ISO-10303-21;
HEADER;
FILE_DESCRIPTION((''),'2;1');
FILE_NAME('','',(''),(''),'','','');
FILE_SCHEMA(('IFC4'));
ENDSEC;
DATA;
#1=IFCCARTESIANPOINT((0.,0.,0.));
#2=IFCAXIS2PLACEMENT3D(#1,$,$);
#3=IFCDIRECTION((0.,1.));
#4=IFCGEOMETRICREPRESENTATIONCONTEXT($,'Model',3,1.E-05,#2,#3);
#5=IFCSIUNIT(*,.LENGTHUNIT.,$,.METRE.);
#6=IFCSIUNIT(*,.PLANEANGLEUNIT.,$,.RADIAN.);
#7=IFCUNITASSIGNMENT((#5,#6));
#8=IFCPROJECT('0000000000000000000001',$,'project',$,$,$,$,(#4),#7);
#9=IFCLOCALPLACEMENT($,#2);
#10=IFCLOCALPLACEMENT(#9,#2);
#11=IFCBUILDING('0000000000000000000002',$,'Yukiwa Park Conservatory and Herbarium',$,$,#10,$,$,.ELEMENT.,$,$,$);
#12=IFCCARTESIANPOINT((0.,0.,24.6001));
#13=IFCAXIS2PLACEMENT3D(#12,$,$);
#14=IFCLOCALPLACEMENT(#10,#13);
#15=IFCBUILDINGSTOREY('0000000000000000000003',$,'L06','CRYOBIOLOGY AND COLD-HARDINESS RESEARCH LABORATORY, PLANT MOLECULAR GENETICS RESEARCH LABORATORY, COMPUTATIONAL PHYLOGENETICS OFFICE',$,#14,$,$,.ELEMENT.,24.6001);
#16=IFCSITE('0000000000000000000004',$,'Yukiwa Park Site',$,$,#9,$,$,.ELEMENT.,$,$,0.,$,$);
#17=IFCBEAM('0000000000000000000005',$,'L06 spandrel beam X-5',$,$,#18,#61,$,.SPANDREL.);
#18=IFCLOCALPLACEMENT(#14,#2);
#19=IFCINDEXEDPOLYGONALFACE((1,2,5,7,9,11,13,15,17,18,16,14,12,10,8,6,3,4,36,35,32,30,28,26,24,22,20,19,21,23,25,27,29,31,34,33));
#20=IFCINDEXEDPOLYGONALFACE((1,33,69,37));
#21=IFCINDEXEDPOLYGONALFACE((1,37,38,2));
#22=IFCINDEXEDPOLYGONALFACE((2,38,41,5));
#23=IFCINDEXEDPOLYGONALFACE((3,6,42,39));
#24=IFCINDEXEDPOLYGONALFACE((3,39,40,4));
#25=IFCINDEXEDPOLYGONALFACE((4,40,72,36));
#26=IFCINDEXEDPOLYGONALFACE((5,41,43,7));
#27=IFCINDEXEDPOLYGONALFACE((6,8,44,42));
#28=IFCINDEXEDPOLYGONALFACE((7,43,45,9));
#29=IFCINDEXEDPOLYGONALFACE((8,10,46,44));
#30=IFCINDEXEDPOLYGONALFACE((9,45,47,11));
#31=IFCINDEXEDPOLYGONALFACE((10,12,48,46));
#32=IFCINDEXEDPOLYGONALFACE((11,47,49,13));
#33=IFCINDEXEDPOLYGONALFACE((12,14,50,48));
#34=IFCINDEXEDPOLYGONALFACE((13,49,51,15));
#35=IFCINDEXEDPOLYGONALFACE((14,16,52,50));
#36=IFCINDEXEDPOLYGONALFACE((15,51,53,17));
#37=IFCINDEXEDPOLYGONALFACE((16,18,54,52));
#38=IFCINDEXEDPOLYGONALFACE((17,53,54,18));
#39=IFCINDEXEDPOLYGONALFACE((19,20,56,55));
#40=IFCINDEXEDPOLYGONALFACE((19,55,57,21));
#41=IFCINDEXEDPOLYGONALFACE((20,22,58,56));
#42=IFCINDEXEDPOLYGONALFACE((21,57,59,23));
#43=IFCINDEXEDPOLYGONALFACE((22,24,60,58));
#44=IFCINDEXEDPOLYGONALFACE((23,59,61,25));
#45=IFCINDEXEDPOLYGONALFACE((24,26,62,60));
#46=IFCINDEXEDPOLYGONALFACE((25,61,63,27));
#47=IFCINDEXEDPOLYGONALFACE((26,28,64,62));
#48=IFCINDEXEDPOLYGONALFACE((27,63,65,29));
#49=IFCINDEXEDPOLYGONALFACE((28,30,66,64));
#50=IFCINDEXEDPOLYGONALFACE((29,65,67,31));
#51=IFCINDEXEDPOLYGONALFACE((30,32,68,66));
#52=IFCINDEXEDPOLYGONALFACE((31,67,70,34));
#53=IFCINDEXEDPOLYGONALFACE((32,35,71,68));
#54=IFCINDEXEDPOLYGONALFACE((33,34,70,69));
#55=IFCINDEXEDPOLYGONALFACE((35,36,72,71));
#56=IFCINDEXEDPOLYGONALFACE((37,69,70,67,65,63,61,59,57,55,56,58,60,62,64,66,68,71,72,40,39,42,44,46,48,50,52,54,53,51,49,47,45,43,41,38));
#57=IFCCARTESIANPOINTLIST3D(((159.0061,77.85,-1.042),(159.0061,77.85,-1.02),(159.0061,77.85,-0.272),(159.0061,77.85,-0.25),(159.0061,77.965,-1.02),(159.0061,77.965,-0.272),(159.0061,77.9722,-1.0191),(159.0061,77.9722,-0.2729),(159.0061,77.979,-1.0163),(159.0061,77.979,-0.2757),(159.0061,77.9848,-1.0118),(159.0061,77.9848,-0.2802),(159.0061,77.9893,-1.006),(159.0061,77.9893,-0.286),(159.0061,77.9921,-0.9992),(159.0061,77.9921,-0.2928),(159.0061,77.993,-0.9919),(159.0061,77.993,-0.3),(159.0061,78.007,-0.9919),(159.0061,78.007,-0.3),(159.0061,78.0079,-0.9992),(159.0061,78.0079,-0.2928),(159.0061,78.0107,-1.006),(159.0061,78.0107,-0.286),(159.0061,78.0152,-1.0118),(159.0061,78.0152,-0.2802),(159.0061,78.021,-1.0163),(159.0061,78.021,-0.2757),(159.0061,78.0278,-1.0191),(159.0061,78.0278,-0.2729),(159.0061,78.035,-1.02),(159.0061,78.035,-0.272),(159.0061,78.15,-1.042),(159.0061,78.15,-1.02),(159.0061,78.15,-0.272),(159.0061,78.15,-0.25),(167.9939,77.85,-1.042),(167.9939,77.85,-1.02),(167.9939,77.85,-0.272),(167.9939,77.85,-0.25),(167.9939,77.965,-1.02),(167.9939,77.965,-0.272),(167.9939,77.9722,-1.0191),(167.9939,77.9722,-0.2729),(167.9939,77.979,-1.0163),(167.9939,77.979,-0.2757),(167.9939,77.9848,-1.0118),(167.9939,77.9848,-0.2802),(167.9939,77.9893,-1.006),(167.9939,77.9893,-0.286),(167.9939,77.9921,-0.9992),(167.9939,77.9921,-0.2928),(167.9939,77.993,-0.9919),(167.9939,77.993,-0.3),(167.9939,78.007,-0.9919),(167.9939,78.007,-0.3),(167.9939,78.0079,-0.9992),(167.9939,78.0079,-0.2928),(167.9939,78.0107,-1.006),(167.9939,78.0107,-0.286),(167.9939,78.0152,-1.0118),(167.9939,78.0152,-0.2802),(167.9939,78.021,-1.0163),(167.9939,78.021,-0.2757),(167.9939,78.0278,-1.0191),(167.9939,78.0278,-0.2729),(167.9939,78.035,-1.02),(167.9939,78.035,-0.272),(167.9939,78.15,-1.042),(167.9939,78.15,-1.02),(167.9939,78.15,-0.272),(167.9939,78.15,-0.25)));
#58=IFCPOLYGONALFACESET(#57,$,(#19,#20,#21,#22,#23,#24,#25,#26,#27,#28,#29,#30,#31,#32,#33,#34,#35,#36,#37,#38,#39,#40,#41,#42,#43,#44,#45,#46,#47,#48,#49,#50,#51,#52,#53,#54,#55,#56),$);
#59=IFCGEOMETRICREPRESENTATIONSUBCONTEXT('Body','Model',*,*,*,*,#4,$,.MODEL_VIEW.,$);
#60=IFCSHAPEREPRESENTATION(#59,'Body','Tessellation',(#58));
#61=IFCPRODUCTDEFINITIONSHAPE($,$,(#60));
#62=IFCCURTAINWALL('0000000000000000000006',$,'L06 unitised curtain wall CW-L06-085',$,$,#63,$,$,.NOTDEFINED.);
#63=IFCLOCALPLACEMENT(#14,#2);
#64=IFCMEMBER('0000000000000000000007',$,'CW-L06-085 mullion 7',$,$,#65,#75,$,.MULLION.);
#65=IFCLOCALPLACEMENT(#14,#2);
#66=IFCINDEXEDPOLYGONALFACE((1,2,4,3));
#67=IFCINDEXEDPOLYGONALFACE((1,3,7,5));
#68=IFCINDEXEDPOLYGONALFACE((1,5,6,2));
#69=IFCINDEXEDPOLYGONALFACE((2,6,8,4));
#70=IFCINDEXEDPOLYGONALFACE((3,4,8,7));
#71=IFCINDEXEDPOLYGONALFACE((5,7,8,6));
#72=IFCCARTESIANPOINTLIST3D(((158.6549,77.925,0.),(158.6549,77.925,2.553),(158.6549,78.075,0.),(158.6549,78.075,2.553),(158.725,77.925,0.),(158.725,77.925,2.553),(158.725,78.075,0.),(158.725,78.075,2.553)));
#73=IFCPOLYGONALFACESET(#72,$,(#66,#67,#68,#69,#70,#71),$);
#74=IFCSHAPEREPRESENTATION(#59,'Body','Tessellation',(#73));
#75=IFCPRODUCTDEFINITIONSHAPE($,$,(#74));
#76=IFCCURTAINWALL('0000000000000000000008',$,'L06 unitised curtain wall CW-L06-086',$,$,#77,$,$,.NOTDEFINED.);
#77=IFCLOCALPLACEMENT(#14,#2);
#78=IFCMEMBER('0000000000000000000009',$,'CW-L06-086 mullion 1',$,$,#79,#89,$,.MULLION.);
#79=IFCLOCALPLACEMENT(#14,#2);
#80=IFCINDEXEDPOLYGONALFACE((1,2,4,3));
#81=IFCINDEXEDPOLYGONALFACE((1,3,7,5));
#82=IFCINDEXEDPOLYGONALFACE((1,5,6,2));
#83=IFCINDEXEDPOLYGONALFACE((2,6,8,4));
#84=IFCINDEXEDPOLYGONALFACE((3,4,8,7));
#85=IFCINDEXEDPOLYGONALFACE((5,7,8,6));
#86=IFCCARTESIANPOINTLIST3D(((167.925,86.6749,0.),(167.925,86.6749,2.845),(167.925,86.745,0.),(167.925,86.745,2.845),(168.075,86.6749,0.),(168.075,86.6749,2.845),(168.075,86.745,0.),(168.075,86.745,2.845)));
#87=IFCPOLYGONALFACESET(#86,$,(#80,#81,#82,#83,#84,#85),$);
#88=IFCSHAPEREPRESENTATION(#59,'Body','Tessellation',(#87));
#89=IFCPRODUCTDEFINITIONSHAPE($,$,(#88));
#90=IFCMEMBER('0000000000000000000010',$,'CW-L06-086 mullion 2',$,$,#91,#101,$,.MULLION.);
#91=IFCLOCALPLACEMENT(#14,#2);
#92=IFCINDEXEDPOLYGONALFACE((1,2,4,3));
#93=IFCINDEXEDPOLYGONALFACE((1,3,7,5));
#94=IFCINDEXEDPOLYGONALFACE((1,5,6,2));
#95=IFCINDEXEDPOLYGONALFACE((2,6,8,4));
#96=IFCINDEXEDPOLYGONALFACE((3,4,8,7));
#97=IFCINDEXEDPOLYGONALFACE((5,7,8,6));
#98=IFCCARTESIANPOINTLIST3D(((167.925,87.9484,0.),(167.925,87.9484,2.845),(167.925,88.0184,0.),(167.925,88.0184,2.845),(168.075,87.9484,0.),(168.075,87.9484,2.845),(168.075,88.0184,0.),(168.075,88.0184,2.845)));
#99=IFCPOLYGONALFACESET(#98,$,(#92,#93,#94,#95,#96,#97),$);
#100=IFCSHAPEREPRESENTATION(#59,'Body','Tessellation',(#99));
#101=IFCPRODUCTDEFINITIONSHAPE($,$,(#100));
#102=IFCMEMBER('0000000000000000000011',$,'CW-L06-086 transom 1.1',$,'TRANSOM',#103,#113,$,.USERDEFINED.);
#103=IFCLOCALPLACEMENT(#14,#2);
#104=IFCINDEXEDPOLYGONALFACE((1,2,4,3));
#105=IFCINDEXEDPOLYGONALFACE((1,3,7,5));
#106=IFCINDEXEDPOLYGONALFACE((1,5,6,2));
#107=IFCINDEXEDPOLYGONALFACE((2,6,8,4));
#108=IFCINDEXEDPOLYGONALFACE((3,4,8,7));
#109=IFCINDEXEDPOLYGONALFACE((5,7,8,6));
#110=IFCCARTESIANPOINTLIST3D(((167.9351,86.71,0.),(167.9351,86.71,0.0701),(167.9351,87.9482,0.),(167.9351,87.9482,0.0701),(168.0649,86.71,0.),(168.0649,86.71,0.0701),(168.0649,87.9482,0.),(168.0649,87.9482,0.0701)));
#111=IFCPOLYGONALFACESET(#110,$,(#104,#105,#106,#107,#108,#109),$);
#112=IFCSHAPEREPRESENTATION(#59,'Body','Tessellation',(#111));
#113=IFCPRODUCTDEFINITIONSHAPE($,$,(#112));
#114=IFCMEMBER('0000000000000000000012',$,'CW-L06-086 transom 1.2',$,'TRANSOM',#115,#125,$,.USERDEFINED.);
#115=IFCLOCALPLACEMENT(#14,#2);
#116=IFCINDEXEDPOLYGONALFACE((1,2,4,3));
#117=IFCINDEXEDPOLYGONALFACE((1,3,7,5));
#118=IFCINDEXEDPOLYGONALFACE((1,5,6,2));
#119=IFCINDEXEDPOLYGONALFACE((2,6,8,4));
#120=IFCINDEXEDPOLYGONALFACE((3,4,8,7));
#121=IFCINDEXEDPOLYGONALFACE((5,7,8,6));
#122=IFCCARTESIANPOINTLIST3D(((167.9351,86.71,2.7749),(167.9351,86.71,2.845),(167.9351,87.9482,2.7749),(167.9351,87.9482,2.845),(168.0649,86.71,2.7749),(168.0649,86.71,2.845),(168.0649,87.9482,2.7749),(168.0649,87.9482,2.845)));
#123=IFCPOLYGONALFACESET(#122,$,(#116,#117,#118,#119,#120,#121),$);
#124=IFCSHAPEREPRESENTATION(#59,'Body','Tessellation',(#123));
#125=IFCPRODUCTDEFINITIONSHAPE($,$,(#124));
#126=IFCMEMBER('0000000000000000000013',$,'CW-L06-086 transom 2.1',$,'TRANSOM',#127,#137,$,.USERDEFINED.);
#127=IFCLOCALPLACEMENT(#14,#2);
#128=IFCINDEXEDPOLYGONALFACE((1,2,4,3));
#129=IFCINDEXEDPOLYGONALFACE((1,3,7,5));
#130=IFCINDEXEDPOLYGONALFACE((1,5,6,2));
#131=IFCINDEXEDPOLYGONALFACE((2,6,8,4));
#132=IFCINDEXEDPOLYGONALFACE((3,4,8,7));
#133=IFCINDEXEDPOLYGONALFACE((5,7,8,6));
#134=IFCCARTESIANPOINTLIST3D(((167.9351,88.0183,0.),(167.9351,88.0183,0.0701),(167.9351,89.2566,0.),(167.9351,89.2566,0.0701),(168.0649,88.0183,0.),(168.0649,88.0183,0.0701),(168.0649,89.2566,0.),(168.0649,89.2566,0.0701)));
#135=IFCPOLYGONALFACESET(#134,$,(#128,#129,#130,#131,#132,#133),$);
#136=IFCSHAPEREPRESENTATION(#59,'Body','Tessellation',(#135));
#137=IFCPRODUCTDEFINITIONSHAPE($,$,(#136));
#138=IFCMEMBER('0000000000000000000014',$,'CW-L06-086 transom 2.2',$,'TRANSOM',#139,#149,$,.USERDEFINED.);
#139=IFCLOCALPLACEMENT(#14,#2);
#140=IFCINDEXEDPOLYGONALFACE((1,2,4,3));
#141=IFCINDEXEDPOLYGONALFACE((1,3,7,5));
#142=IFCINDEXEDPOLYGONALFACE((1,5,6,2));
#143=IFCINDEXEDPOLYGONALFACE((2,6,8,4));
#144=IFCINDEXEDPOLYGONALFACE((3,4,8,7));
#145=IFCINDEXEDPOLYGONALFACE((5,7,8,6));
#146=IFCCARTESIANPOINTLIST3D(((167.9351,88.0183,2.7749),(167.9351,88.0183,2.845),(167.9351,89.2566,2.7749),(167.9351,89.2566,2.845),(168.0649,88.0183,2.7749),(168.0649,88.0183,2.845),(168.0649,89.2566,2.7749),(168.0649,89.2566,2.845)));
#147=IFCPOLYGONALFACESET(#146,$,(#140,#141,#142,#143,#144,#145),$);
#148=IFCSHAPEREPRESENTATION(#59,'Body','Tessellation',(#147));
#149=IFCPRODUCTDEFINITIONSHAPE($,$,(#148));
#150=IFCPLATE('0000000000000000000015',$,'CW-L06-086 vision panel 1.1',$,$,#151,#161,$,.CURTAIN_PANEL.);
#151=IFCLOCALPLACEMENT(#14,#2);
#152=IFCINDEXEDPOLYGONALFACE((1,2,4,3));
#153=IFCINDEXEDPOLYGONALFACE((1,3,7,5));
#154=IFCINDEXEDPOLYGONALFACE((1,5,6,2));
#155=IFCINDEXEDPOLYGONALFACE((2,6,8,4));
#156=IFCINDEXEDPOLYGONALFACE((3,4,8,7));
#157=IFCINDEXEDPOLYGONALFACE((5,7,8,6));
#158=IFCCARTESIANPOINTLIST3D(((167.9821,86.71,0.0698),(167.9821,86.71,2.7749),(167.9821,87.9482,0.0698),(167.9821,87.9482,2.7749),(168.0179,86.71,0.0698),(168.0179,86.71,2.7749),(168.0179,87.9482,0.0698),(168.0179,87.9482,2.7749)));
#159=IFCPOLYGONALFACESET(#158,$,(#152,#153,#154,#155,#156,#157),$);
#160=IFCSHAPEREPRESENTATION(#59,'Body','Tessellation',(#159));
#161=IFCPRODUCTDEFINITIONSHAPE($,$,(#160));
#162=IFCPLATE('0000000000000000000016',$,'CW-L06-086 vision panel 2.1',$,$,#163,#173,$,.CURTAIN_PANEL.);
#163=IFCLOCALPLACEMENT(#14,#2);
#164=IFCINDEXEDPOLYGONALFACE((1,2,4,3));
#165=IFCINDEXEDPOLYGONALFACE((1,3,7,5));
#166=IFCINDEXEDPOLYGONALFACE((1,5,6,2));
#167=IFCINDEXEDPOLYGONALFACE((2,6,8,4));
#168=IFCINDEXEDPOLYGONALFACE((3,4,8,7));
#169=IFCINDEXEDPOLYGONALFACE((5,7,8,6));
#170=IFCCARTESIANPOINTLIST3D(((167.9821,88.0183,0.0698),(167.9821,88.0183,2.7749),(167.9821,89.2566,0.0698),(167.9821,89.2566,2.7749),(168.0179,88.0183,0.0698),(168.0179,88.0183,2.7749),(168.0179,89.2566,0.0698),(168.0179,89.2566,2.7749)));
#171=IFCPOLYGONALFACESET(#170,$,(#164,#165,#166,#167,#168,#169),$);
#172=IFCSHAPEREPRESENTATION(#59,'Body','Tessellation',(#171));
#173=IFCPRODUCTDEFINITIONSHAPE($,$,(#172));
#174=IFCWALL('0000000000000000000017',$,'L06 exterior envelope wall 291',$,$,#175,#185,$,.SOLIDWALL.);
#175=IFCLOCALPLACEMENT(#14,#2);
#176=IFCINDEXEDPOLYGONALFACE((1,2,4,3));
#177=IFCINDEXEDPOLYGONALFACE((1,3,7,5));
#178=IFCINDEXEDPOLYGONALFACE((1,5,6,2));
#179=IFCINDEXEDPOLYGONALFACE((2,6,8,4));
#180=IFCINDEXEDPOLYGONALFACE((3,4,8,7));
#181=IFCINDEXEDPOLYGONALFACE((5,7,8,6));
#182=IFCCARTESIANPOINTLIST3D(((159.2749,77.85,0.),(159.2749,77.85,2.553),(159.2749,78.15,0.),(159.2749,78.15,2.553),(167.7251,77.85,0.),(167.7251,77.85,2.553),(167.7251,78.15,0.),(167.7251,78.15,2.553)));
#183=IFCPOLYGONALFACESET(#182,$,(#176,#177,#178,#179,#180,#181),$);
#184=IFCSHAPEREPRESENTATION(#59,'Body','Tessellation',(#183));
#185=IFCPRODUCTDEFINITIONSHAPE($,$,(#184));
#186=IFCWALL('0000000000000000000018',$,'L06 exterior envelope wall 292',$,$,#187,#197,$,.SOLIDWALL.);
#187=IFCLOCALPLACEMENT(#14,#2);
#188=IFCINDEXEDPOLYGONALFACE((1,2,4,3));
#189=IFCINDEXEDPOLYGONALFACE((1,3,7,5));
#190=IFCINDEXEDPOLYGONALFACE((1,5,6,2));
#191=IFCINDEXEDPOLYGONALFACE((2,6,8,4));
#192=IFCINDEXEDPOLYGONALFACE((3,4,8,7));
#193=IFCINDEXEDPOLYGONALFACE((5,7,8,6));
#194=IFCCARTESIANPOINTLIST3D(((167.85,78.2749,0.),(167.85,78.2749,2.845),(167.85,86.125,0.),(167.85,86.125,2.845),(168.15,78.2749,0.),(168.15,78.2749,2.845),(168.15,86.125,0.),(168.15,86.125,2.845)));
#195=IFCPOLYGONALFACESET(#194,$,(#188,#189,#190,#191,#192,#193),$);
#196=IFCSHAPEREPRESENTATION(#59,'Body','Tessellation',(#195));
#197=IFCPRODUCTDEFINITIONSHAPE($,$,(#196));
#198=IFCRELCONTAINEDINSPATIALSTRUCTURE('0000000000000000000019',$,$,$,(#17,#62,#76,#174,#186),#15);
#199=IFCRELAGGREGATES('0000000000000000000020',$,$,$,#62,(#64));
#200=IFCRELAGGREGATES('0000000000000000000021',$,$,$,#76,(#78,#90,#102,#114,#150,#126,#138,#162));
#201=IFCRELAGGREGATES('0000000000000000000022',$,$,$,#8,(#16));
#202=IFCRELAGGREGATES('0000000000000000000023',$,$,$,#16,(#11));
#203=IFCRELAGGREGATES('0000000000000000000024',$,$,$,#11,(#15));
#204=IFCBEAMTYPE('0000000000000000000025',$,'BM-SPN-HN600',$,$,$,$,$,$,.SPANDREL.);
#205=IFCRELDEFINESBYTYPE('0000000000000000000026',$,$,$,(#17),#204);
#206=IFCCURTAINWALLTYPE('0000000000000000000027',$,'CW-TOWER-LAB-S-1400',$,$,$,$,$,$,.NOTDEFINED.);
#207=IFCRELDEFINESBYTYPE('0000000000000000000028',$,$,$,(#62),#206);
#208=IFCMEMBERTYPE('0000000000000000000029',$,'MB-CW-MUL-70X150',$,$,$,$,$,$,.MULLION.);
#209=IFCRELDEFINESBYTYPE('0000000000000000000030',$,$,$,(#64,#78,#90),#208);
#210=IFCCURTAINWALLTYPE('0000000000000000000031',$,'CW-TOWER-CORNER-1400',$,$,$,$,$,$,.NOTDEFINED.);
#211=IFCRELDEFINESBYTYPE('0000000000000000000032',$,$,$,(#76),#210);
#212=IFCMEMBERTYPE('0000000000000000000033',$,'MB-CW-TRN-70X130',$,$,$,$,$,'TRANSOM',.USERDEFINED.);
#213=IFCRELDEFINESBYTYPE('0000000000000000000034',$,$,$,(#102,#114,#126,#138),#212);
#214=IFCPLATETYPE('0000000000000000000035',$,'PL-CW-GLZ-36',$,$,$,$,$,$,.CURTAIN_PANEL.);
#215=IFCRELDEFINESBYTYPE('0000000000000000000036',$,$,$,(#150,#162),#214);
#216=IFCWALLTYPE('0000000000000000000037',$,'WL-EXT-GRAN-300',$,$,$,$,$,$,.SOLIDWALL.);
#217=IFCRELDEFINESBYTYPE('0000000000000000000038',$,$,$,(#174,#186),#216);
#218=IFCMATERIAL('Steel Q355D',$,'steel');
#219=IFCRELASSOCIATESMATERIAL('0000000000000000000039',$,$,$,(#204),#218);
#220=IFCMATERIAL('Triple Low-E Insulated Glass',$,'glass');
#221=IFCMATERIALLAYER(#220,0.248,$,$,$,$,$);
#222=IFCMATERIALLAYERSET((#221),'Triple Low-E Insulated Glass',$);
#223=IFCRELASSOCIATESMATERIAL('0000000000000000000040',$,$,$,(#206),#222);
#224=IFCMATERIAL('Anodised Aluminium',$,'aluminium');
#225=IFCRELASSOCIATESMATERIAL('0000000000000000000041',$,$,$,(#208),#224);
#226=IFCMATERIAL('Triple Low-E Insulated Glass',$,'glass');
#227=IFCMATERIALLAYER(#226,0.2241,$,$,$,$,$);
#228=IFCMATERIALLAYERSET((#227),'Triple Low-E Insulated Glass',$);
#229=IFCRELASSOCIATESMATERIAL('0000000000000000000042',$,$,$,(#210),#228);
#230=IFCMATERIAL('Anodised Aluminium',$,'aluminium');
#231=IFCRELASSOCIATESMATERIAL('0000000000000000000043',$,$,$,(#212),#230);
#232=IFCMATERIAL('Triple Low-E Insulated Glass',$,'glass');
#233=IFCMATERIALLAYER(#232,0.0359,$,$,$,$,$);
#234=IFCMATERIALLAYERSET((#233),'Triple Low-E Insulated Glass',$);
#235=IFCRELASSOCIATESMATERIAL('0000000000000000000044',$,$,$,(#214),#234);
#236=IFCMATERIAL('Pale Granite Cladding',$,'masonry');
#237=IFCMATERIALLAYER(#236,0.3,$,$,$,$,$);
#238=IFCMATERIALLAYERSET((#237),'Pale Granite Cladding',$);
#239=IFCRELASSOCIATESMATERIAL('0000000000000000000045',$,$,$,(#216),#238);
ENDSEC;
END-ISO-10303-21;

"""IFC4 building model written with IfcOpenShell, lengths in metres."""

from ifc_helpers import new_model, si_unit, direction, frame, frame_2d, origin, origin_2d, place, context, subcontext, project, spatial, rectangle, i_section, extrude, material, layer, layer_set, material_profile, profile_set, type_object, element, aggregate, save


model = new_model("IFC4")

# Units and contexts
model_context = context("Model", 3, precision=1e-05, world=origin(), true_north=direction((0.0, 1.0)))
body_context = subcontext(model_context, "Body", "Model", "MODEL_VIEW")
ifc_project = project(units=[si_unit("LENGTHUNIT", "METRE"), si_unit("PLANEANGLEUNIT", "RADIAN")], contexts=[model_context])

# Site, building, storey
site_placement = place(None, origin())
site = spatial("IfcSite", under=ifc_project, at=site_placement, Name="Yukiwa Park Site", CompositionType="ELEMENT", RefElevation=0.0)
building_placement = place(site_placement, origin())
building = spatial("IfcBuilding", under=site, at=building_placement, Name="Yukiwa Park Conservatory and Herbarium", CompositionType="ELEMENT")
storey_placement = place(building_placement, frame((0.0, 0.0, 24.6001)))
storey = spatial("IfcBuildingStorey", under=building, at=storey_placement, Name="L06", Description="CRYOBIOLOGY AND COLD-HARDINESS RESEARCH LABORATORY, PLANT MOLECULAR GENETICS RESEARCH LABORATORY, COMPUTATIONAL PHYLOGENETICS OFFICE", CompositionType="ELEMENT", Elevation=24.6001)

# Beam
ifc_material_1 = material(Name="Steel Q355D", Category="steel")
ifc_material_profile_1 = material_profile(ifc_material_1, i_section(OverallWidth=0.3, OverallDepth=0.792, WebThickness=0.0139, FlangeThickness=0.022, FilletRadius=0.0281, at=origin_2d()), Name="HN 792x300x14x22")
ifc_profile_set_1 = profile_set([ifc_material_profile_1], Name="Steel Q355D")
beam_type_1 = type_object("IfcBeamType", Name="BM-SPN-HN600", PredefinedType="SPANDREL", material=ifc_profile_set_1)
beam_1_placement = place(storey_placement, frame((159.0061, 78.0, -0.646), z_axis=(1.0, 0.0, 0.0), x_axis=(0.0, 1.0, 0.0)))
element("IfcBeam", 1, at=beam_1_placement, inside=storey, type_object=beam_type_1, Name="L06 spandrel beam X-5", PredefinedType="SPANDREL", context=body_context, shape_type="SweptSolid", body=[
    extrude(i_section(OverallWidth=0.3, OverallDepth=0.792, WebThickness=0.0139, FlangeThickness=0.022, FilletRadius=0.0281, at=origin_2d()), origin(), (0.0, 0.0, 1.0), 8.9878),
])

# Curtain wall, member
ifc_material_2 = material(Name="Triple Low-E Insulated Glass", Category="glass")
ifc_layer_1 = layer(ifc_material_2, 0.248)
ifc_layer_set_1 = layer_set([ifc_layer_1], Name="Triple Low-E Insulated Glass")
curtain_wall_type_1 = type_object("IfcCurtainWallType", Name="CW-TOWER-LAB-S-1400", PredefinedType="NOTDEFINED", material=ifc_layer_set_1)
curtain_wall_1_placement = place(storey_placement, origin())
curtain_wall_1 = element("IfcCurtainWall", 2, at=curtain_wall_1_placement, inside=storey, type_object=curtain_wall_type_1, Name="L06 unitised curtain wall CW-L06-085", PredefinedType="NOTDEFINED")
ifc_material_3 = material(Name="Anodised Aluminium", Category="aluminium")
member_type_1 = type_object("IfcMemberType", Name="MB-CW-MUL-70X150", PredefinedType="MULLION", material=ifc_material_3)
member_1_placement = place(storey_placement, frame((158.6899, 78.0, 0.0), z_axis=(0.0, 0.0, 1.0), x_axis=(1.0, 0.0, 0.0)))
member_1 = element("IfcMember", 3, at=member_1_placement, type_object=member_type_1, Name="CW-L06-085 mullion 7", PredefinedType="MULLION", context=body_context, shape_type="SweptSolid", body=[
    extrude(rectangle(XDim=0.0701, YDim=0.1499, at=origin_2d()), origin(), (0.0, 0.0, 1.0), 2.553),
])
aggregate(curtain_wall_1, [member_1])

# Curtain wall, members, plates
ifc_material_4 = material(Name="Triple Low-E Insulated Glass", Category="glass")
ifc_layer_2 = layer(ifc_material_4, 0.2241)
ifc_layer_set_2 = layer_set([ifc_layer_2], Name="Triple Low-E Insulated Glass")
curtain_wall_type_2 = type_object("IfcCurtainWallType", Name="CW-TOWER-CORNER-1400", PredefinedType="NOTDEFINED", material=ifc_layer_set_2)
curtain_wall_2_placement = place(storey_placement, origin())
curtain_wall_2 = element("IfcCurtainWall", 4, at=curtain_wall_2_placement, inside=storey, type_object=curtain_wall_type_2, Name="L06 unitised curtain wall CW-L06-086", PredefinedType="NOTDEFINED")
member_2_placement = place(storey_placement, frame((168.0, 86.71, 0.0), z_axis=(0.0, 0.0, 1.0), x_axis=(0.0, 1.0, 0.0)))
member_2 = element("IfcMember", 5, at=member_2_placement, type_object=member_type_1, Name="CW-L06-086 mullion 1", PredefinedType="MULLION", context=body_context, shape_type="SweptSolid", body=[
    extrude(rectangle(XDim=0.0701, YDim=0.1499, at=origin_2d()), origin(), (0.0, 0.0, 1.0), 2.845),
])
member_3_placement = place(storey_placement, frame((168.0, 87.9834, 0.0), z_axis=(0.0, 0.0, 1.0), x_axis=(0.0, 1.0, 0.0)))
member_3 = element("IfcMember", 6, at=member_3_placement, type_object=member_type_1, Name="CW-L06-086 mullion 2", PredefinedType="MULLION", context=body_context, shape_type="SweptSolid", body=[
    extrude(rectangle(XDim=0.0701, YDim=0.1499, at=origin_2d()), origin(), (0.0, 0.0, 1.0), 2.845),
])
ifc_material_5 = material(Name="Anodised Aluminium", Category="aluminium")
member_type_2 = type_object("IfcMemberType", Name="MB-CW-TRN-70X130", ElementType="TRANSOM", PredefinedType="USERDEFINED", material=ifc_material_5)
member_4_placement = place(storey_placement, frame((168.0, 87.3291, 0.0), z_axis=(0.0, 0.0, 1.0), x_axis=(0.0, 1.0, 0.0)))
member_4 = element("IfcMember", 7, at=member_4_placement, type_object=member_type_2, Name="CW-L06-086 transom 1.1", ObjectType="TRANSOM", PredefinedType="USERDEFINED", context=body_context, shape_type="SweptSolid", body=[
    extrude(rectangle(XDim=1.2383, YDim=0.1299, at=origin_2d()), origin(), (0.0, 0.0, 1.0), 0.0701),
])
member_5_placement = place(storey_placement, frame((168.0, 87.3291, 2.7749), z_axis=(0.0, 0.0, 1.0), x_axis=(0.0, 1.0, 0.0)))
member_5 = element("IfcMember", 8, at=member_5_placement, type_object=member_type_2, Name="CW-L06-086 transom 1.2", ObjectType="TRANSOM", PredefinedType="USERDEFINED", context=body_context, shape_type="SweptSolid", body=[
    extrude(rectangle(XDim=1.2383, YDim=0.1299, at=origin_2d()), origin(), (0.0, 0.0, 1.0), 0.0701),
])
member_6_placement = place(storey_placement, frame((168.0, 88.6375, 0.0), z_axis=(0.0, 0.0, 1.0), x_axis=(0.0, 1.0, 0.0)))
member_6 = element("IfcMember", 9, at=member_6_placement, type_object=member_type_2, Name="CW-L06-086 transom 2.1", ObjectType="TRANSOM", PredefinedType="USERDEFINED", context=body_context, shape_type="SweptSolid", body=[
    extrude(rectangle(XDim=1.2383, YDim=0.1299, at=origin_2d()), origin(), (0.0, 0.0, 1.0), 0.0701),
])
member_7_placement = place(storey_placement, frame((168.0, 88.6375, 2.7749), z_axis=(0.0, 0.0, 1.0), x_axis=(0.0, 1.0, 0.0)))
member_7 = element("IfcMember", 10, at=member_7_placement, type_object=member_type_2, Name="CW-L06-086 transom 2.2", ObjectType="TRANSOM", PredefinedType="USERDEFINED", context=body_context, shape_type="SweptSolid", body=[
    extrude(rectangle(XDim=1.2383, YDim=0.1299, at=origin_2d()), origin(), (0.0, 0.0, 1.0), 0.0701),
])
ifc_material_6 = material(Name="Triple Low-E Insulated Glass", Category="glass")
ifc_layer_3 = layer(ifc_material_6, 0.0359)
ifc_layer_set_3 = layer_set([ifc_layer_3], Name="Triple Low-E Insulated Glass")
plate_type = type_object("IfcPlateType", Name="PL-CW-GLZ-36", PredefinedType="CURTAIN_PANEL", material=ifc_layer_set_3)
plate_1_placement = place(storey_placement, frame((168.0, 87.3291, 0.0698), z_axis=(0.0, 0.0, 1.0), x_axis=(0.0, 1.0, 0.0)))
plate_1 = element("IfcPlate", 11, at=plate_1_placement, type_object=plate_type, Name="CW-L06-086 vision panel 1.1", PredefinedType="CURTAIN_PANEL", context=body_context, shape_type="SweptSolid", body=[
    extrude(rectangle(XDim=1.2383, YDim=0.0359, at=origin_2d()), origin(), (0.0, 0.0, 1.0), 2.7051),
])
plate_2_placement = place(storey_placement, frame((168.0, 88.6375, 0.0698), z_axis=(0.0, 0.0, 1.0), x_axis=(0.0, 1.0, 0.0)))
plate_2 = element("IfcPlate", 12, at=plate_2_placement, type_object=plate_type, Name="CW-L06-086 vision panel 2.1", PredefinedType="CURTAIN_PANEL", context=body_context, shape_type="SweptSolid", body=[
    extrude(rectangle(XDim=1.2383, YDim=0.0359, at=origin_2d()), origin(), (0.0, 0.0, 1.0), 2.7051),
])
aggregate(curtain_wall_2, [member_2, member_3, member_4, member_5, plate_1, member_6, member_7, plate_2])

# Walls
ifc_material_7 = material(Name="Pale Granite Cladding", Category="masonry")
ifc_layer_4 = layer(ifc_material_7, 0.3)
ifc_layer_set_4 = layer_set([ifc_layer_4], Name="Pale Granite Cladding")
wall_type = type_object("IfcWallType", Name="WL-EXT-GRAN-300", PredefinedType="SOLIDWALL", material=ifc_layer_set_4)
wall_1_placement = place(storey_placement, frame((159.2749, 78.0, 0.0), z_axis=(0.0, 0.0, 1.0), x_axis=(1.0, 0.0, 0.0)))
element("IfcWall", 13, at=wall_1_placement, inside=storey, type_object=wall_type, Name="L06 exterior envelope wall 291", PredefinedType="SOLIDWALL", context=body_context, shape_type="SweptSolid", body=[
    extrude(rectangle(XDim=8.4502, YDim=0.3, at=frame_2d((4.2251, 0.0))), origin(), (0.0, 0.0, 1.0), 2.553),
])
wall_2_placement = place(storey_placement, frame((168.0, 78.2749, 0.0), z_axis=(0.0, 0.0, 1.0), x_axis=(0.0, 1.0, 0.0)))
element("IfcWall", 14, at=wall_2_placement, inside=storey, type_object=wall_type, Name="L06 exterior envelope wall 292", PredefinedType="SOLIDWALL", context=body_context, shape_type="SweptSolid", body=[
    extrude(rectangle(XDim=7.8501, YDim=0.3, at=frame_2d((3.925, 0.0))), origin(), (0.0, 0.0, 1.0), 2.845),
])

save(model, "model.ifc")
